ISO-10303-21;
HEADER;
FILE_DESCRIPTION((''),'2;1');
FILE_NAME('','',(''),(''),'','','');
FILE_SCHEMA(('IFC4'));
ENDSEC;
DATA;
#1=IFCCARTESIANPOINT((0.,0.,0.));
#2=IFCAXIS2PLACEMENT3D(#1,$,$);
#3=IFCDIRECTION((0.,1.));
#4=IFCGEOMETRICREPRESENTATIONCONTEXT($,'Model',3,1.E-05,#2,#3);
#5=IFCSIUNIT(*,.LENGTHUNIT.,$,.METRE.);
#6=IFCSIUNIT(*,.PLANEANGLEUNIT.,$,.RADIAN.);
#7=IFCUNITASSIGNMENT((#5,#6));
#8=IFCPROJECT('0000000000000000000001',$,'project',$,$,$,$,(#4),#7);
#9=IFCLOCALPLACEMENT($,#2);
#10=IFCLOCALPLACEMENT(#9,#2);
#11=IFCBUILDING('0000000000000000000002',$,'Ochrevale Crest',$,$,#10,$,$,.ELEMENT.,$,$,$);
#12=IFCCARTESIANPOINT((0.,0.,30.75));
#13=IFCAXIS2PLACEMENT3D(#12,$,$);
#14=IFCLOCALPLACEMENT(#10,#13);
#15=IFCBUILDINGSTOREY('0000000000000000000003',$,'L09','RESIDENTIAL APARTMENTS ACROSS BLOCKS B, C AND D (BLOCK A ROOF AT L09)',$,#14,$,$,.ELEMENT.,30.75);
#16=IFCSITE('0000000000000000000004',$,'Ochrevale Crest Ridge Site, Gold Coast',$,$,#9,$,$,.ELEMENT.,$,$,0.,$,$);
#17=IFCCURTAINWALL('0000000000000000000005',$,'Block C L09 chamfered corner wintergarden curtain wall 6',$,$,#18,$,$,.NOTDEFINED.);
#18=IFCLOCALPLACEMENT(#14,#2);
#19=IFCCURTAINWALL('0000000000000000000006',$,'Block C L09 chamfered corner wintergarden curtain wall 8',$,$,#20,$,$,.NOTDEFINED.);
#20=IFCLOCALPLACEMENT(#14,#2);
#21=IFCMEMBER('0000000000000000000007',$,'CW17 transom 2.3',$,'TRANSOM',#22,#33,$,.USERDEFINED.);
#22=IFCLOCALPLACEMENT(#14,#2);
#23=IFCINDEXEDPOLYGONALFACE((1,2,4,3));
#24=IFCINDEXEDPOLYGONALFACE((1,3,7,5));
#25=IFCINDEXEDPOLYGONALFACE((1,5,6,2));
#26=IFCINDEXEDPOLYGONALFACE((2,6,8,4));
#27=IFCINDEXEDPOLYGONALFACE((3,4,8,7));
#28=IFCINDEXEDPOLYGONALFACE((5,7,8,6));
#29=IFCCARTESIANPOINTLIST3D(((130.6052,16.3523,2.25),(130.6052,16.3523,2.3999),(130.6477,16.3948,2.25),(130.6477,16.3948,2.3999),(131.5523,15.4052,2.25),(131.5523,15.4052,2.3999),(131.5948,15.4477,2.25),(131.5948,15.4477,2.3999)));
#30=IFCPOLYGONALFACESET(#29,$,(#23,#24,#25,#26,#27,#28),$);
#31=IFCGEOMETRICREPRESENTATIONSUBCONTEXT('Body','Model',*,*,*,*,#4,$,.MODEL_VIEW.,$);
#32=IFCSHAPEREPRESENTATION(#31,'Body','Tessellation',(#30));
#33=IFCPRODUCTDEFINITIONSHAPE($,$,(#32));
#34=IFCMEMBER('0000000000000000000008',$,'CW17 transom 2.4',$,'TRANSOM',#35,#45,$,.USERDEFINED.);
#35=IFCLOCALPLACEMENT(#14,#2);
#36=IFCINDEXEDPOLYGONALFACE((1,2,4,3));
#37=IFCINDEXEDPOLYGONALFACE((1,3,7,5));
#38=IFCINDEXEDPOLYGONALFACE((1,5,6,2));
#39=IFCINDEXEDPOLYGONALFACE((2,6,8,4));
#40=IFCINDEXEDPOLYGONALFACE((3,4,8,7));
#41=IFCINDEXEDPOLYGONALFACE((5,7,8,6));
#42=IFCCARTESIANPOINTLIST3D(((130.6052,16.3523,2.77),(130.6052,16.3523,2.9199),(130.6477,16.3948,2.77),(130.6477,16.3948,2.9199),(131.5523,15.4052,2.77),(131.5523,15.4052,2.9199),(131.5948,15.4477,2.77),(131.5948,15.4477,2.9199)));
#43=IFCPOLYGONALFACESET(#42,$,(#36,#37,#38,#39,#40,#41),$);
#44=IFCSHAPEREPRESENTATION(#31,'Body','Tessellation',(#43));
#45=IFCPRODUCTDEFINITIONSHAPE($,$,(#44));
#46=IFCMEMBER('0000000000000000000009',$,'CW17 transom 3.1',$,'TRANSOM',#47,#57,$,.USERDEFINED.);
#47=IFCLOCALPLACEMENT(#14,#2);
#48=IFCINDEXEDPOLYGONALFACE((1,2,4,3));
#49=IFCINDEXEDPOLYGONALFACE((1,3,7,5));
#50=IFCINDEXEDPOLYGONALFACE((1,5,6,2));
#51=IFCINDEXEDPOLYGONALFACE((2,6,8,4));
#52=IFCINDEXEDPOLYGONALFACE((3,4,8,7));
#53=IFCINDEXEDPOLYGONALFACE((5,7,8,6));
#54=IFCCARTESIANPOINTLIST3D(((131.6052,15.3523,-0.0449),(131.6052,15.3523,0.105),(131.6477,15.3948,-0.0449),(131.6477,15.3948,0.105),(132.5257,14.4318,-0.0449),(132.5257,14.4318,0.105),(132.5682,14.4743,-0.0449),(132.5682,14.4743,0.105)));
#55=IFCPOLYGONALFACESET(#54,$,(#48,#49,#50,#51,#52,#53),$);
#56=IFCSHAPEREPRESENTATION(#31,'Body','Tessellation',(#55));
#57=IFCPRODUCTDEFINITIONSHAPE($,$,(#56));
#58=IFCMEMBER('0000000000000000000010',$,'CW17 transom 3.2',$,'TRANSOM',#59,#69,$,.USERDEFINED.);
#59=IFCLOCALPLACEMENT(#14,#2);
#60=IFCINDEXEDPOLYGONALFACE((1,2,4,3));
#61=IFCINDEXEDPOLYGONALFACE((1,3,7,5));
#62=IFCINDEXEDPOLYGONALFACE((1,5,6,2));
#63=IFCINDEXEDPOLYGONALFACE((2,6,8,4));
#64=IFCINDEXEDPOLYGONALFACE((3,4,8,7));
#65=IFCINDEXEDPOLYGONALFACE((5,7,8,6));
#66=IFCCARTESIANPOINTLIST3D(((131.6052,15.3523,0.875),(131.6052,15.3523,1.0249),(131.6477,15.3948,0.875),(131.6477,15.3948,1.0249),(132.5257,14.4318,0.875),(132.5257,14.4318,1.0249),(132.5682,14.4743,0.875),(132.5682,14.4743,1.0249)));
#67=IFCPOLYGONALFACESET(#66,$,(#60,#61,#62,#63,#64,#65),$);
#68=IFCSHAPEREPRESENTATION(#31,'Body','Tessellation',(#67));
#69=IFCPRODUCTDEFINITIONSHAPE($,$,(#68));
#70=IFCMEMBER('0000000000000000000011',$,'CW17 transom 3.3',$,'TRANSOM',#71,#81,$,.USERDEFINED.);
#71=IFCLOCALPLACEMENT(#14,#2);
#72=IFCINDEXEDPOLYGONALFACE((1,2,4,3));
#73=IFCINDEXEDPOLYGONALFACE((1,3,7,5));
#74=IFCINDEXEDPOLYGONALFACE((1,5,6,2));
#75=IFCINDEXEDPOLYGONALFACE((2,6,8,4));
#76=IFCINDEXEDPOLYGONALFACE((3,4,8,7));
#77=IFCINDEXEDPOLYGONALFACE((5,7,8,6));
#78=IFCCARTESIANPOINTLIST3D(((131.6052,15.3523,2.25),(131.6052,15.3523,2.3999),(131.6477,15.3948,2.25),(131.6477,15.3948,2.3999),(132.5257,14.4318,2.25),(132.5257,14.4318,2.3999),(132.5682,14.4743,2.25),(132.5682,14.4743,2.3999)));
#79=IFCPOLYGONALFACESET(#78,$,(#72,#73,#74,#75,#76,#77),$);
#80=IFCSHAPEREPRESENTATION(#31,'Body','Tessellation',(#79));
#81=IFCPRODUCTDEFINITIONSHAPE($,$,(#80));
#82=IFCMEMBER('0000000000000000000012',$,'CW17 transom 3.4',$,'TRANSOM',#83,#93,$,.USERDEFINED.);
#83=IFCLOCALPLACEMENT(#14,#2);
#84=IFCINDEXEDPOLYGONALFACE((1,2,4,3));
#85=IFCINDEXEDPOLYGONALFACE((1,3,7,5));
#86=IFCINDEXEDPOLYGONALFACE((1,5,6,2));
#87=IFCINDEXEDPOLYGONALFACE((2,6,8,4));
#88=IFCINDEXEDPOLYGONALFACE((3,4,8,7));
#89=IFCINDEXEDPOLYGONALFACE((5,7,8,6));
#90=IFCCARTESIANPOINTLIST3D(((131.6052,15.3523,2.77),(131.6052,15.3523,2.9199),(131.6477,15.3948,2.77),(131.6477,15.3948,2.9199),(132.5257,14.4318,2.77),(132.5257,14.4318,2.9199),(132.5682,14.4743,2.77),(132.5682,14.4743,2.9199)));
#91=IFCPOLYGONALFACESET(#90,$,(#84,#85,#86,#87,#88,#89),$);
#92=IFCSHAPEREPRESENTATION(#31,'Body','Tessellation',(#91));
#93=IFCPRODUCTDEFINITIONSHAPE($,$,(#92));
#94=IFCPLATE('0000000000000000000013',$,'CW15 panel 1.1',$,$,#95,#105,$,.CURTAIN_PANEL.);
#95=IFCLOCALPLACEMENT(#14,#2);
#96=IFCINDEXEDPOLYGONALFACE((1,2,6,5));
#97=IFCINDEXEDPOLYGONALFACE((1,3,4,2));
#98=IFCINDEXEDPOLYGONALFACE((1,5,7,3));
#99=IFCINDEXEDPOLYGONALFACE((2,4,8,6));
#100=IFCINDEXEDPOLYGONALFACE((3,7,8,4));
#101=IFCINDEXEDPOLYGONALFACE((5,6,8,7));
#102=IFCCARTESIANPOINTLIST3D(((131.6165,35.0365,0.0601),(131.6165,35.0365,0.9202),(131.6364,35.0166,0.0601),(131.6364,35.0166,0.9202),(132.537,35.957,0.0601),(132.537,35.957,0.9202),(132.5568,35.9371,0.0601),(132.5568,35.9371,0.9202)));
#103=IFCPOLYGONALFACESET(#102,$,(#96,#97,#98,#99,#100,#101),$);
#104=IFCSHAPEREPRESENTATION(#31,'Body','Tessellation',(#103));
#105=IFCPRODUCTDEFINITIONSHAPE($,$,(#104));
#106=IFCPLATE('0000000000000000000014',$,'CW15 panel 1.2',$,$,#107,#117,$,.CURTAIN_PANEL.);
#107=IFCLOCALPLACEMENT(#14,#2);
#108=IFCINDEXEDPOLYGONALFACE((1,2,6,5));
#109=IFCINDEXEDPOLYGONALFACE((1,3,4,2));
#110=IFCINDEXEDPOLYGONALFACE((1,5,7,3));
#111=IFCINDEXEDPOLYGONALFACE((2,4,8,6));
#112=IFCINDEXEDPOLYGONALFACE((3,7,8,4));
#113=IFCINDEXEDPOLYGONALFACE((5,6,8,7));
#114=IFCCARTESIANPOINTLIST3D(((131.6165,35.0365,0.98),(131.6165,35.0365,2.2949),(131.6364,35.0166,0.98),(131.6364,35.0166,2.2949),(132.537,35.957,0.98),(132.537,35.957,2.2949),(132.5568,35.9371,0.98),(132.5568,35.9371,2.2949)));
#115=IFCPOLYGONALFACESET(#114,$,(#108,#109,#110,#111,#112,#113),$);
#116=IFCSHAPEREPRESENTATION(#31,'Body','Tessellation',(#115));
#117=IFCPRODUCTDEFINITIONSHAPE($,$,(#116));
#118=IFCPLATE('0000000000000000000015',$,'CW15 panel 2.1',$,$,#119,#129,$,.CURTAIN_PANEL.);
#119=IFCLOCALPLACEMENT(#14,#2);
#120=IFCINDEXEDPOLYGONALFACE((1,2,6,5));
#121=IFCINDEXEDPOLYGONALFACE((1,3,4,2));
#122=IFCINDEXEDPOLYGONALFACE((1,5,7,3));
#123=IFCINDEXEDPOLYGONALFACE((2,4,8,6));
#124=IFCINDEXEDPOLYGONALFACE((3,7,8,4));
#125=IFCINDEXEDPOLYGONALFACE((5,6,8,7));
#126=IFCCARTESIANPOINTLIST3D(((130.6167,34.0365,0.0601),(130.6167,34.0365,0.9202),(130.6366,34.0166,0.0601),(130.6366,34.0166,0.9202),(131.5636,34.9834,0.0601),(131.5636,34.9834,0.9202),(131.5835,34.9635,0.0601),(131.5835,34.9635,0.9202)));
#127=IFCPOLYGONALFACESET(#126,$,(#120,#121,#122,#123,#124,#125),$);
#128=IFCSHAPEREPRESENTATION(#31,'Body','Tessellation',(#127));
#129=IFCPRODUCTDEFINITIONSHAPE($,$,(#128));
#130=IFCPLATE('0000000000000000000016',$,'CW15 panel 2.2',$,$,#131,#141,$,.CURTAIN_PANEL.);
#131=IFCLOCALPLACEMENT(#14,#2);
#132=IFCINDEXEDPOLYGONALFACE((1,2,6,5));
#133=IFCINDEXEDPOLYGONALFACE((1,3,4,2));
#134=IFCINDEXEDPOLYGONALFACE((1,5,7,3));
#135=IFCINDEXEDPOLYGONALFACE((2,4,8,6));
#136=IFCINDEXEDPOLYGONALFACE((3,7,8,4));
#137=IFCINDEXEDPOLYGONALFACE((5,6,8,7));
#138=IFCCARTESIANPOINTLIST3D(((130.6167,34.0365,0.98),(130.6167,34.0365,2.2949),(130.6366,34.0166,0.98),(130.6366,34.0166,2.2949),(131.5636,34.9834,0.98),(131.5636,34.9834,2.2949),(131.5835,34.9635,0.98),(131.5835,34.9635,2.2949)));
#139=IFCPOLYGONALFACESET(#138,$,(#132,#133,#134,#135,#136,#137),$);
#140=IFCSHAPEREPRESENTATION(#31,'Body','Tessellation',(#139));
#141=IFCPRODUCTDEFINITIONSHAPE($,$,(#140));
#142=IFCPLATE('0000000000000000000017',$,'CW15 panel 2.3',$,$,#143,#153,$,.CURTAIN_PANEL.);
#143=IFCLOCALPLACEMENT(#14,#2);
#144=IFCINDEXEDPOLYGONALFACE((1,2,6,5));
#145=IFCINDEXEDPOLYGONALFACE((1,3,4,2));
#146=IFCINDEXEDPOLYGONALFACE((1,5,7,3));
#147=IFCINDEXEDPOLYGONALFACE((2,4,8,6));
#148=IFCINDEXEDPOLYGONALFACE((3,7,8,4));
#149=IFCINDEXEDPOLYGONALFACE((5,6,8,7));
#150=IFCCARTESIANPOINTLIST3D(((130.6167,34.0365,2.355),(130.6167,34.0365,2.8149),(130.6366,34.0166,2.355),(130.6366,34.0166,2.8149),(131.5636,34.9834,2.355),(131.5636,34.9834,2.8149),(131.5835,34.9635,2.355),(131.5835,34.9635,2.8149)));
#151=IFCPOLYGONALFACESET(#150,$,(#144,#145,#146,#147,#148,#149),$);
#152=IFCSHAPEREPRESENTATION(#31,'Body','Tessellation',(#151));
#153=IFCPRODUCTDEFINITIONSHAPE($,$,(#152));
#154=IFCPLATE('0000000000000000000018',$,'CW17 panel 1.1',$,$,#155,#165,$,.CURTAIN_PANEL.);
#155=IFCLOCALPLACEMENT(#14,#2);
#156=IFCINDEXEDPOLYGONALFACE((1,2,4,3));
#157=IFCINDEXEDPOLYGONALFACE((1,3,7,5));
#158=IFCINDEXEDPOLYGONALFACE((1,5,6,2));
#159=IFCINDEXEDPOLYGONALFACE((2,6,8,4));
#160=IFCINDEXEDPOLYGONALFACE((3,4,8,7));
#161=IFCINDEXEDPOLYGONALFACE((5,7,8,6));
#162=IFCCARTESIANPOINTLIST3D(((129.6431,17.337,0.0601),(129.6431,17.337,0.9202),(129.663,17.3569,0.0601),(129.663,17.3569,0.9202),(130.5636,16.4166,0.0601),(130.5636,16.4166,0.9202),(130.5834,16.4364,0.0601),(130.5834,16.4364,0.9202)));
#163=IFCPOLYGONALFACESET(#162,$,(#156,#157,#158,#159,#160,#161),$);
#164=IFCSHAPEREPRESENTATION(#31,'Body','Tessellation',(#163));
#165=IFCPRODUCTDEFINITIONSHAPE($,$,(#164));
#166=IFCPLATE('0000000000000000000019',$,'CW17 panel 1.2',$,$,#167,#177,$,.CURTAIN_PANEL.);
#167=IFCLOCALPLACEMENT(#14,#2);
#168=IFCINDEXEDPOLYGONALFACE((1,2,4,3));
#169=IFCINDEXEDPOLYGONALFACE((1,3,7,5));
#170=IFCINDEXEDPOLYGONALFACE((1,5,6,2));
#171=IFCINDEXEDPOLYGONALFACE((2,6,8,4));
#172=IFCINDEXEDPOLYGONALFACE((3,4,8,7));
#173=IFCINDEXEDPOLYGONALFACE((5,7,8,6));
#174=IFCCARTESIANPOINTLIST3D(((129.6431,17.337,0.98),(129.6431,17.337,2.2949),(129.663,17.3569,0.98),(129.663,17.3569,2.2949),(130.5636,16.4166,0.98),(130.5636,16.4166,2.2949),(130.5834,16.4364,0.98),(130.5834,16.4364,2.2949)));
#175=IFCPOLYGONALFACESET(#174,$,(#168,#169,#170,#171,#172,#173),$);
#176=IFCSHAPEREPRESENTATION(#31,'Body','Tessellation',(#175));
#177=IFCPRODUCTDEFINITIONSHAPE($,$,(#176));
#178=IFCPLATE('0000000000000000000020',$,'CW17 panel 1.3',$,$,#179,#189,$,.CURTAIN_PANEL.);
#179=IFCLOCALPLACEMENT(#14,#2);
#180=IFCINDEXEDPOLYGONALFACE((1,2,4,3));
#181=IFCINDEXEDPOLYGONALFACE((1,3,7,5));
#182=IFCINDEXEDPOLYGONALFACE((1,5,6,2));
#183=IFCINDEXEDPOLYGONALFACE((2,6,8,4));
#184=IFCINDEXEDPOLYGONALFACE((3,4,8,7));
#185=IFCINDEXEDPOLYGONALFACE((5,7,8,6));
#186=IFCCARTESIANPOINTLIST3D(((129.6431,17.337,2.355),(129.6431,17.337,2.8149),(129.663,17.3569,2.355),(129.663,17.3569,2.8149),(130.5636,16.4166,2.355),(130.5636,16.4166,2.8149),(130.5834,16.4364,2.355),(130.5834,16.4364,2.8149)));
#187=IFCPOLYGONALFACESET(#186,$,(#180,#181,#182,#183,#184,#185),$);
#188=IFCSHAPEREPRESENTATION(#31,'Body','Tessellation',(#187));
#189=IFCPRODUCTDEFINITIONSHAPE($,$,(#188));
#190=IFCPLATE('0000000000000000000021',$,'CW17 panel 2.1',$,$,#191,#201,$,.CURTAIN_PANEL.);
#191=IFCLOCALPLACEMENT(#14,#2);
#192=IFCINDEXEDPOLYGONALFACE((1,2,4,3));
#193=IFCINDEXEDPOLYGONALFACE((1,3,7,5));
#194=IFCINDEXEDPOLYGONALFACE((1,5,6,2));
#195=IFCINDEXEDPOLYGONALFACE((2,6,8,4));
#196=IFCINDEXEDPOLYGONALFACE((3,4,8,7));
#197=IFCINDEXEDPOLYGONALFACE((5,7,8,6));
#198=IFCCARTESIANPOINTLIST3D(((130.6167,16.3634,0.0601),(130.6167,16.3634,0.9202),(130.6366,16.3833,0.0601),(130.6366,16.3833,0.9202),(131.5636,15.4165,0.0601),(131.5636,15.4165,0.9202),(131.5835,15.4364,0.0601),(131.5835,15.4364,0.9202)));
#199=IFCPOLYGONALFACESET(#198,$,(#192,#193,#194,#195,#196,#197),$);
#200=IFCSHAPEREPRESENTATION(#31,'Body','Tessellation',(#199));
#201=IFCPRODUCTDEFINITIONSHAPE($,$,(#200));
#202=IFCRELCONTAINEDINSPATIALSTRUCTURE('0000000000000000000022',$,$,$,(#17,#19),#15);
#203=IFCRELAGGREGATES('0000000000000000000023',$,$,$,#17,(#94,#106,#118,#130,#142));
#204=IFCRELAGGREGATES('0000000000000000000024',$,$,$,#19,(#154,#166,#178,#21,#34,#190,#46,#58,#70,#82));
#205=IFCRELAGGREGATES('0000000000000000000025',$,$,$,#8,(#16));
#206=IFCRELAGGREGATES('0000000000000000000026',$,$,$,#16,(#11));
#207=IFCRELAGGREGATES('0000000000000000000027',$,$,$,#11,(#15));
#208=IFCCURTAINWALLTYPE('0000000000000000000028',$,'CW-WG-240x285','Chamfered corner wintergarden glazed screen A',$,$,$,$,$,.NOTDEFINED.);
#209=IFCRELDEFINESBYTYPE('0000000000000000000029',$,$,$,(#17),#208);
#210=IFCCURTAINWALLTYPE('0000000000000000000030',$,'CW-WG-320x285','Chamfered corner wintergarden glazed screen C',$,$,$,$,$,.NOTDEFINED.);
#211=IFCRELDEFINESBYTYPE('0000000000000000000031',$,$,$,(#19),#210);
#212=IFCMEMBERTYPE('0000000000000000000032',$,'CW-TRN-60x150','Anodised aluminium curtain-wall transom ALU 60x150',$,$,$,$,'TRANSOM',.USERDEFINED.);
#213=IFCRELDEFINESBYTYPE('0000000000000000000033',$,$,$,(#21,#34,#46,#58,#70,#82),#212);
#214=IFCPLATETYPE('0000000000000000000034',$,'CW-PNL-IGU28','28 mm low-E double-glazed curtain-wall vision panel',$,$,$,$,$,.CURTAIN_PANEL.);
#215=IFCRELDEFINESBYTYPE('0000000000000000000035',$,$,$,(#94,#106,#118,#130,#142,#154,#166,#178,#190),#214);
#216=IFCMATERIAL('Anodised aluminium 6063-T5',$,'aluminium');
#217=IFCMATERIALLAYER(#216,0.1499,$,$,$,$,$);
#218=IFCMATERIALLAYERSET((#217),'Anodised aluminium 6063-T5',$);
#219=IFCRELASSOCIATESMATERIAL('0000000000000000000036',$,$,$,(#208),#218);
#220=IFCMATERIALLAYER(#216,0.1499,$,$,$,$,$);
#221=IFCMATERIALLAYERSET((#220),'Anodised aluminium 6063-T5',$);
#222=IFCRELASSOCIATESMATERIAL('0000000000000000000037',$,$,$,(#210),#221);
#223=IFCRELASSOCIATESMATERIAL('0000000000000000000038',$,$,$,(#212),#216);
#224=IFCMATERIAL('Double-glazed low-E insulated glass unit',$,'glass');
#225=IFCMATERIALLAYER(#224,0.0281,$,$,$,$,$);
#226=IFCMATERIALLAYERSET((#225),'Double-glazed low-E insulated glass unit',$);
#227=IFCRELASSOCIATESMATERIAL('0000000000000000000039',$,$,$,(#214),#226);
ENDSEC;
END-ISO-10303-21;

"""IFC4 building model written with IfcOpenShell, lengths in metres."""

from ifc_helpers import new_model, si_unit, direction, frame, origin, origin_2d, place, context, subcontext, project, spatial, rectangle, extrude, material, layer, layer_set, material_profile, profile_set, type_object, element, aggregate, save


model = new_model("IFC4")

# Units and contexts
model_context = context("Model", 3, precision=1e-05, world=origin(), true_north=direction((0.0, 1.0)))
body_context = subcontext(model_context, "Body", "Model", "MODEL_VIEW")
ifc_project = project(units=[si_unit("LENGTHUNIT", "METRE"), si_unit("PLANEANGLEUNIT", "RADIAN")], contexts=[model_context])

# Site, building, storey
site_placement = place(None, origin())
site = spatial("IfcSite", under=ifc_project, at=site_placement, Name="Ochrevale Crest Ridge Site, Gold Coast", CompositionType="ELEMENT", RefElevation=0.0)
building_placement = place(site_placement, origin())
building = spatial("IfcBuilding", under=site, at=building_placement, Name="Ochrevale Crest", CompositionType="ELEMENT")
storey_placement = place(building_placement, frame((0.0, 0.0, 30.75)))
storey = spatial("IfcBuildingStorey", under=building, at=storey_placement, Name="L09", Description="RESIDENTIAL APARTMENTS ACROSS BLOCKS B, C AND D (BLOCK A ROOF AT L09)", CompositionType="ELEMENT", Elevation=30.75)

# Curtain walls
ifc_material_1 = material(Name="Anodised aluminium 6063-T5", Category="aluminium")
ifc_layer_1 = layer(ifc_material_1, 0.1499)
ifc_layer_set_1 = layer_set([ifc_layer_1], Name="Anodised aluminium 6063-T5")
curtain_wall_type_1 = type_object("IfcCurtainWallType", Name="CW-WG-240x285", Description="Chamfered corner wintergarden glazed screen A", PredefinedType="NOTDEFINED", material=ifc_layer_set_1)
curtain_wall_1_placement = place(storey_placement, origin())
curtain_wall_1 = element("IfcCurtainWall", 1, at=curtain_wall_1_placement, inside=storey, type_object=curtain_wall_type_1, Name="Block C L09 chamfered corner wintergarden curtain wall 6", PredefinedType="NOTDEFINED")
ifc_layer_2 = layer(ifc_material_1, 0.1499)
ifc_layer_set_2 = layer_set([ifc_layer_2], Name="Anodised aluminium 6063-T5")
curtain_wall_type_2 = type_object("IfcCurtainWallType", Name="CW-WG-320x285", Description="Chamfered corner wintergarden glazed screen C", PredefinedType="NOTDEFINED", material=ifc_layer_set_2)
curtain_wall_2_placement = place(storey_placement, origin())
curtain_wall_2 = element("IfcCurtainWall", 2, at=curtain_wall_2_placement, inside=storey, type_object=curtain_wall_type_2, Name="Block C L09 chamfered corner wintergarden curtain wall 8", PredefinedType="NOTDEFINED")

# Members
ifc_material_profile_1 = material_profile(ifc_material_1, rectangle(XDim=0.0601, YDim=0.1499, at=origin_2d()), Name="ALU 60x150")
ifc_profile_set_1 = profile_set([ifc_material_profile_1], Name="Anodised aluminium 6063-T5")
member_type_1 = type_object("IfcMemberType", Name="CW-TRN-60x150", Description="Anodised aluminium curtain-wall transom ALU 60x150", ElementType="TRANSOM", PredefinedType="USERDEFINED", material=ifc_profile_set_1)
member_1_placement = place(storey_placement, frame((130.6265, 16.3735, 2.325), z_axis=(0.707107, -0.707107, 0.0), x_axis=(0.707107, 0.707107, 0.0)))
member_1 = element("IfcMember", 3, at=member_1_placement, type_object=member_type_1, Name="CW17 transom 2.3", ObjectType="TRANSOM", PredefinedType="USERDEFINED", context=body_context, shape_type="SweptSolid", body=[
    extrude(rectangle(XDim=0.0601, YDim=0.1499, at=origin_2d()), origin(), (0.0, 0.0, 1.0), 1.3394),
])
member_2_placement = place(storey_placement, frame((130.6265, 16.3735, 2.845), z_axis=(0.707107, -0.707107, 0.0), x_axis=(0.707107, 0.707107, 0.0)))
member_2 = element("IfcMember", 4, at=member_2_placement, type_object=member_type_1, Name="CW17 transom 2.4", ObjectType="TRANSOM", PredefinedType="USERDEFINED", context=body_context, shape_type="SweptSolid", body=[
    extrude(rectangle(XDim=0.0601, YDim=0.1499, at=origin_2d()), origin(), (0.0, 0.0, 1.0), 1.3394),
])
member_3_placement = place(storey_placement, frame((131.6265, 15.3735, 0.03), z_axis=(0.707107, -0.707107, 0.0), x_axis=(0.707107, 0.707107, 0.0)))
member_3 = element("IfcMember", 5, at=member_3_placement, type_object=member_type_1, Name="CW17 transom 3.1", ObjectType="TRANSOM", PredefinedType="USERDEFINED", context=body_context, shape_type="SweptSolid", body=[
    extrude(rectangle(XDim=0.0601, YDim=0.1499, at=origin_2d()), origin(), (0.0, 0.0, 1.0), 1.3018),
])
member_4_placement = place(storey_placement, frame((131.6265, 15.3735, 0.95), z_axis=(0.707107, -0.707107, 0.0), x_axis=(0.707107, 0.707107, 0.0)))
member_4 = element("IfcMember", 6, at=member_4_placement, type_object=member_type_1, Name="CW17 transom 3.2", ObjectType="TRANSOM", PredefinedType="USERDEFINED", context=body_context, shape_type="SweptSolid", body=[
    extrude(rectangle(XDim=0.0601, YDim=0.1499, at=origin_2d()), origin(), (0.0, 0.0, 1.0), 1.3018),
])
member_5_placement = place(storey_placement, frame((131.6265, 15.3735, 2.325), z_axis=(0.707107, -0.707107, 0.0), x_axis=(0.707107, 0.707107, 0.0)))
member_5 = element("IfcMember", 7, at=member_5_placement, type_object=member_type_1, Name="CW17 transom 3.3", ObjectType="TRANSOM", PredefinedType="USERDEFINED", context=body_context, shape_type="SweptSolid", body=[
    extrude(rectangle(XDim=0.0601, YDim=0.1499, at=origin_2d()), origin(), (0.0, 0.0, 1.0), 1.3018),
])
member_6_placement = place(storey_placement, frame((131.6265, 15.3735, 2.845), z_axis=(0.707107, -0.707107, 0.0), x_axis=(0.707107, 0.707107, 0.0)))
member_6 = element("IfcMember", 8, at=member_6_placement, type_object=member_type_1, Name="CW17 transom 3.4", ObjectType="TRANSOM", PredefinedType="USERDEFINED", context=body_context, shape_type="SweptSolid", body=[
    extrude(rectangle(XDim=0.0601, YDim=0.1499, at=origin_2d()), origin(), (0.0, 0.0, 1.0), 1.3018),
])

# Plates
ifc_material_2 = material(Name="Double-glazed low-E insulated glass unit", Category="glass")
ifc_layer_3 = layer(ifc_material_2, 0.0281)
ifc_layer_set_3 = layer_set([ifc_layer_3], Name="Double-glazed low-E insulated glass unit")
plate_type = type_object("IfcPlateType", Name="CW-PNL-IGU28", Description="28 mm low-E double-glazed curtain-wall vision panel", PredefinedType="CURTAIN_PANEL", material=ifc_layer_set_3)
plate_1_placement = place(storey_placement, frame((132.0867, 35.4868, 0.0601), z_axis=(0.0, 0.0, 1.0), x_axis=(-0.707107, -0.707107, 0.0)))
plate_1 = element("IfcPlate", 9, at=plate_1_placement, type_object=plate_type, Name="CW15 panel 1.1", PredefinedType="CURTAIN_PANEL", context=body_context, shape_type="SweptSolid", body=[
    extrude(rectangle(XDim=1.3018, YDim=0.0281, at=origin_2d()), origin(), (0.0, 0.0, 1.0), 0.8601),
])
plate_2_placement = place(storey_placement, frame((132.0867, 35.4868, 0.98), z_axis=(0.0, 0.0, 1.0), x_axis=(-0.707107, -0.707107, 0.0)))
plate_2 = element("IfcPlate", 10, at=plate_2_placement, type_object=plate_type, Name="CW15 panel 1.2", PredefinedType="CURTAIN_PANEL", context=body_context, shape_type="SweptSolid", body=[
    extrude(rectangle(XDim=1.3018, YDim=0.0281, at=origin_2d()), origin(), (0.0, 0.0, 1.0), 1.3149),
])
plate_3_placement = place(storey_placement, frame((131.1001, 34.5, 0.0601), z_axis=(0.0, 0.0, 1.0), x_axis=(-0.707107, -0.707107, 0.0)))
plate_3 = element("IfcPlate", 11, at=plate_3_placement, type_object=plate_type, Name="CW15 panel 2.1", PredefinedType="CURTAIN_PANEL", context=body_context, shape_type="SweptSolid", body=[
    extrude(rectangle(XDim=1.3391, YDim=0.0281, at=origin_2d()), origin(), (0.0, 0.0, 1.0), 0.8601),
])
plate_4_placement = place(storey_placement, frame((131.1001, 34.5, 0.98), z_axis=(0.0, 0.0, 1.0), x_axis=(-0.707107, -0.707107, 0.0)))
plate_4 = element("IfcPlate", 12, at=plate_4_placement, type_object=plate_type, Name="CW15 panel 2.2", PredefinedType="CURTAIN_PANEL", context=body_context, shape_type="SweptSolid", body=[
    extrude(rectangle(XDim=1.3391, YDim=0.0281, at=origin_2d()), origin(), (0.0, 0.0, 1.0), 1.3149),
])
plate_5_placement = place(storey_placement, frame((131.1001, 34.5, 2.355), z_axis=(0.0, 0.0, 1.0), x_axis=(-0.707107, -0.707107, 0.0)))
plate_5 = element("IfcPlate", 13, at=plate_5_placement, type_object=plate_type, Name="CW15 panel 2.3", PredefinedType="CURTAIN_PANEL", context=body_context, shape_type="SweptSolid", body=[
    extrude(rectangle(XDim=1.3391, YDim=0.0281, at=origin_2d()), origin(), (0.0, 0.0, 1.0), 0.46),
])
aggregate(curtain_wall_1, [plate_1, plate_2, plate_3, plate_4, plate_5])
plate_6_placement = place(storey_placement, frame((130.1133, 16.8867, 0.0601), z_axis=(0.0, 0.0, 1.0), x_axis=(0.707107, -0.707107, 0.0)))
plate_6 = element("IfcPlate", 14, at=plate_6_placement, type_object=plate_type, Name="CW17 panel 1.1", PredefinedType="CURTAIN_PANEL", context=body_context, shape_type="SweptSolid", body=[
    extrude(rectangle(XDim=1.3018, YDim=0.0281, at=origin_2d()), origin(), (0.0, 0.0, 1.0), 0.8601),
])
plate_7_placement = place(storey_placement, frame((130.1133, 16.8867, 0.98), z_axis=(0.0, 0.0, 1.0), x_axis=(0.707107, -0.707107, 0.0)))
plate_7 = element("IfcPlate", 15, at=plate_7_placement, type_object=plate_type, Name="CW17 panel 1.2", PredefinedType="CURTAIN_PANEL", context=body_context, shape_type="SweptSolid", body=[
    extrude(rectangle(XDim=1.3018, YDim=0.0281, at=origin_2d()), origin(), (0.0, 0.0, 1.0), 1.3149),
])
plate_8_placement = place(storey_placement, frame((130.1133, 16.8867, 2.355), z_axis=(0.0, 0.0, 1.0), x_axis=(0.707107, -0.707107, 0.0)))
plate_8 = element("IfcPlate", 16, at=plate_8_placement, type_object=plate_type, Name="CW17 panel 1.3", PredefinedType="CURTAIN_PANEL", context=body_context, shape_type="SweptSolid", body=[
    extrude(rectangle(XDim=1.3018, YDim=0.0281, at=origin_2d()), origin(), (0.0, 0.0, 1.0), 0.46),
])
plate_9_placement = place(storey_placement, frame((131.1001, 15.8999, 0.0601), z_axis=(0.0, 0.0, 1.0), x_axis=(0.707107, -0.707107, 0.0)))
plate_9 = element("IfcPlate", 17, at=plate_9_placement, type_object=plate_type, Name="CW17 panel 2.1", PredefinedType="CURTAIN_PANEL", context=body_context, shape_type="SweptSolid", body=[
    extrude(rectangle(XDim=1.3391, YDim=0.0281, at=origin_2d()), origin(), (0.0, 0.0, 1.0), 0.8601),
])
aggregate(curtain_wall_2, [plate_6, plate_7, plate_8, member_1, member_2, plate_9, member_3, member_4, member_5, member_6])

save(model, "model.ifc")
